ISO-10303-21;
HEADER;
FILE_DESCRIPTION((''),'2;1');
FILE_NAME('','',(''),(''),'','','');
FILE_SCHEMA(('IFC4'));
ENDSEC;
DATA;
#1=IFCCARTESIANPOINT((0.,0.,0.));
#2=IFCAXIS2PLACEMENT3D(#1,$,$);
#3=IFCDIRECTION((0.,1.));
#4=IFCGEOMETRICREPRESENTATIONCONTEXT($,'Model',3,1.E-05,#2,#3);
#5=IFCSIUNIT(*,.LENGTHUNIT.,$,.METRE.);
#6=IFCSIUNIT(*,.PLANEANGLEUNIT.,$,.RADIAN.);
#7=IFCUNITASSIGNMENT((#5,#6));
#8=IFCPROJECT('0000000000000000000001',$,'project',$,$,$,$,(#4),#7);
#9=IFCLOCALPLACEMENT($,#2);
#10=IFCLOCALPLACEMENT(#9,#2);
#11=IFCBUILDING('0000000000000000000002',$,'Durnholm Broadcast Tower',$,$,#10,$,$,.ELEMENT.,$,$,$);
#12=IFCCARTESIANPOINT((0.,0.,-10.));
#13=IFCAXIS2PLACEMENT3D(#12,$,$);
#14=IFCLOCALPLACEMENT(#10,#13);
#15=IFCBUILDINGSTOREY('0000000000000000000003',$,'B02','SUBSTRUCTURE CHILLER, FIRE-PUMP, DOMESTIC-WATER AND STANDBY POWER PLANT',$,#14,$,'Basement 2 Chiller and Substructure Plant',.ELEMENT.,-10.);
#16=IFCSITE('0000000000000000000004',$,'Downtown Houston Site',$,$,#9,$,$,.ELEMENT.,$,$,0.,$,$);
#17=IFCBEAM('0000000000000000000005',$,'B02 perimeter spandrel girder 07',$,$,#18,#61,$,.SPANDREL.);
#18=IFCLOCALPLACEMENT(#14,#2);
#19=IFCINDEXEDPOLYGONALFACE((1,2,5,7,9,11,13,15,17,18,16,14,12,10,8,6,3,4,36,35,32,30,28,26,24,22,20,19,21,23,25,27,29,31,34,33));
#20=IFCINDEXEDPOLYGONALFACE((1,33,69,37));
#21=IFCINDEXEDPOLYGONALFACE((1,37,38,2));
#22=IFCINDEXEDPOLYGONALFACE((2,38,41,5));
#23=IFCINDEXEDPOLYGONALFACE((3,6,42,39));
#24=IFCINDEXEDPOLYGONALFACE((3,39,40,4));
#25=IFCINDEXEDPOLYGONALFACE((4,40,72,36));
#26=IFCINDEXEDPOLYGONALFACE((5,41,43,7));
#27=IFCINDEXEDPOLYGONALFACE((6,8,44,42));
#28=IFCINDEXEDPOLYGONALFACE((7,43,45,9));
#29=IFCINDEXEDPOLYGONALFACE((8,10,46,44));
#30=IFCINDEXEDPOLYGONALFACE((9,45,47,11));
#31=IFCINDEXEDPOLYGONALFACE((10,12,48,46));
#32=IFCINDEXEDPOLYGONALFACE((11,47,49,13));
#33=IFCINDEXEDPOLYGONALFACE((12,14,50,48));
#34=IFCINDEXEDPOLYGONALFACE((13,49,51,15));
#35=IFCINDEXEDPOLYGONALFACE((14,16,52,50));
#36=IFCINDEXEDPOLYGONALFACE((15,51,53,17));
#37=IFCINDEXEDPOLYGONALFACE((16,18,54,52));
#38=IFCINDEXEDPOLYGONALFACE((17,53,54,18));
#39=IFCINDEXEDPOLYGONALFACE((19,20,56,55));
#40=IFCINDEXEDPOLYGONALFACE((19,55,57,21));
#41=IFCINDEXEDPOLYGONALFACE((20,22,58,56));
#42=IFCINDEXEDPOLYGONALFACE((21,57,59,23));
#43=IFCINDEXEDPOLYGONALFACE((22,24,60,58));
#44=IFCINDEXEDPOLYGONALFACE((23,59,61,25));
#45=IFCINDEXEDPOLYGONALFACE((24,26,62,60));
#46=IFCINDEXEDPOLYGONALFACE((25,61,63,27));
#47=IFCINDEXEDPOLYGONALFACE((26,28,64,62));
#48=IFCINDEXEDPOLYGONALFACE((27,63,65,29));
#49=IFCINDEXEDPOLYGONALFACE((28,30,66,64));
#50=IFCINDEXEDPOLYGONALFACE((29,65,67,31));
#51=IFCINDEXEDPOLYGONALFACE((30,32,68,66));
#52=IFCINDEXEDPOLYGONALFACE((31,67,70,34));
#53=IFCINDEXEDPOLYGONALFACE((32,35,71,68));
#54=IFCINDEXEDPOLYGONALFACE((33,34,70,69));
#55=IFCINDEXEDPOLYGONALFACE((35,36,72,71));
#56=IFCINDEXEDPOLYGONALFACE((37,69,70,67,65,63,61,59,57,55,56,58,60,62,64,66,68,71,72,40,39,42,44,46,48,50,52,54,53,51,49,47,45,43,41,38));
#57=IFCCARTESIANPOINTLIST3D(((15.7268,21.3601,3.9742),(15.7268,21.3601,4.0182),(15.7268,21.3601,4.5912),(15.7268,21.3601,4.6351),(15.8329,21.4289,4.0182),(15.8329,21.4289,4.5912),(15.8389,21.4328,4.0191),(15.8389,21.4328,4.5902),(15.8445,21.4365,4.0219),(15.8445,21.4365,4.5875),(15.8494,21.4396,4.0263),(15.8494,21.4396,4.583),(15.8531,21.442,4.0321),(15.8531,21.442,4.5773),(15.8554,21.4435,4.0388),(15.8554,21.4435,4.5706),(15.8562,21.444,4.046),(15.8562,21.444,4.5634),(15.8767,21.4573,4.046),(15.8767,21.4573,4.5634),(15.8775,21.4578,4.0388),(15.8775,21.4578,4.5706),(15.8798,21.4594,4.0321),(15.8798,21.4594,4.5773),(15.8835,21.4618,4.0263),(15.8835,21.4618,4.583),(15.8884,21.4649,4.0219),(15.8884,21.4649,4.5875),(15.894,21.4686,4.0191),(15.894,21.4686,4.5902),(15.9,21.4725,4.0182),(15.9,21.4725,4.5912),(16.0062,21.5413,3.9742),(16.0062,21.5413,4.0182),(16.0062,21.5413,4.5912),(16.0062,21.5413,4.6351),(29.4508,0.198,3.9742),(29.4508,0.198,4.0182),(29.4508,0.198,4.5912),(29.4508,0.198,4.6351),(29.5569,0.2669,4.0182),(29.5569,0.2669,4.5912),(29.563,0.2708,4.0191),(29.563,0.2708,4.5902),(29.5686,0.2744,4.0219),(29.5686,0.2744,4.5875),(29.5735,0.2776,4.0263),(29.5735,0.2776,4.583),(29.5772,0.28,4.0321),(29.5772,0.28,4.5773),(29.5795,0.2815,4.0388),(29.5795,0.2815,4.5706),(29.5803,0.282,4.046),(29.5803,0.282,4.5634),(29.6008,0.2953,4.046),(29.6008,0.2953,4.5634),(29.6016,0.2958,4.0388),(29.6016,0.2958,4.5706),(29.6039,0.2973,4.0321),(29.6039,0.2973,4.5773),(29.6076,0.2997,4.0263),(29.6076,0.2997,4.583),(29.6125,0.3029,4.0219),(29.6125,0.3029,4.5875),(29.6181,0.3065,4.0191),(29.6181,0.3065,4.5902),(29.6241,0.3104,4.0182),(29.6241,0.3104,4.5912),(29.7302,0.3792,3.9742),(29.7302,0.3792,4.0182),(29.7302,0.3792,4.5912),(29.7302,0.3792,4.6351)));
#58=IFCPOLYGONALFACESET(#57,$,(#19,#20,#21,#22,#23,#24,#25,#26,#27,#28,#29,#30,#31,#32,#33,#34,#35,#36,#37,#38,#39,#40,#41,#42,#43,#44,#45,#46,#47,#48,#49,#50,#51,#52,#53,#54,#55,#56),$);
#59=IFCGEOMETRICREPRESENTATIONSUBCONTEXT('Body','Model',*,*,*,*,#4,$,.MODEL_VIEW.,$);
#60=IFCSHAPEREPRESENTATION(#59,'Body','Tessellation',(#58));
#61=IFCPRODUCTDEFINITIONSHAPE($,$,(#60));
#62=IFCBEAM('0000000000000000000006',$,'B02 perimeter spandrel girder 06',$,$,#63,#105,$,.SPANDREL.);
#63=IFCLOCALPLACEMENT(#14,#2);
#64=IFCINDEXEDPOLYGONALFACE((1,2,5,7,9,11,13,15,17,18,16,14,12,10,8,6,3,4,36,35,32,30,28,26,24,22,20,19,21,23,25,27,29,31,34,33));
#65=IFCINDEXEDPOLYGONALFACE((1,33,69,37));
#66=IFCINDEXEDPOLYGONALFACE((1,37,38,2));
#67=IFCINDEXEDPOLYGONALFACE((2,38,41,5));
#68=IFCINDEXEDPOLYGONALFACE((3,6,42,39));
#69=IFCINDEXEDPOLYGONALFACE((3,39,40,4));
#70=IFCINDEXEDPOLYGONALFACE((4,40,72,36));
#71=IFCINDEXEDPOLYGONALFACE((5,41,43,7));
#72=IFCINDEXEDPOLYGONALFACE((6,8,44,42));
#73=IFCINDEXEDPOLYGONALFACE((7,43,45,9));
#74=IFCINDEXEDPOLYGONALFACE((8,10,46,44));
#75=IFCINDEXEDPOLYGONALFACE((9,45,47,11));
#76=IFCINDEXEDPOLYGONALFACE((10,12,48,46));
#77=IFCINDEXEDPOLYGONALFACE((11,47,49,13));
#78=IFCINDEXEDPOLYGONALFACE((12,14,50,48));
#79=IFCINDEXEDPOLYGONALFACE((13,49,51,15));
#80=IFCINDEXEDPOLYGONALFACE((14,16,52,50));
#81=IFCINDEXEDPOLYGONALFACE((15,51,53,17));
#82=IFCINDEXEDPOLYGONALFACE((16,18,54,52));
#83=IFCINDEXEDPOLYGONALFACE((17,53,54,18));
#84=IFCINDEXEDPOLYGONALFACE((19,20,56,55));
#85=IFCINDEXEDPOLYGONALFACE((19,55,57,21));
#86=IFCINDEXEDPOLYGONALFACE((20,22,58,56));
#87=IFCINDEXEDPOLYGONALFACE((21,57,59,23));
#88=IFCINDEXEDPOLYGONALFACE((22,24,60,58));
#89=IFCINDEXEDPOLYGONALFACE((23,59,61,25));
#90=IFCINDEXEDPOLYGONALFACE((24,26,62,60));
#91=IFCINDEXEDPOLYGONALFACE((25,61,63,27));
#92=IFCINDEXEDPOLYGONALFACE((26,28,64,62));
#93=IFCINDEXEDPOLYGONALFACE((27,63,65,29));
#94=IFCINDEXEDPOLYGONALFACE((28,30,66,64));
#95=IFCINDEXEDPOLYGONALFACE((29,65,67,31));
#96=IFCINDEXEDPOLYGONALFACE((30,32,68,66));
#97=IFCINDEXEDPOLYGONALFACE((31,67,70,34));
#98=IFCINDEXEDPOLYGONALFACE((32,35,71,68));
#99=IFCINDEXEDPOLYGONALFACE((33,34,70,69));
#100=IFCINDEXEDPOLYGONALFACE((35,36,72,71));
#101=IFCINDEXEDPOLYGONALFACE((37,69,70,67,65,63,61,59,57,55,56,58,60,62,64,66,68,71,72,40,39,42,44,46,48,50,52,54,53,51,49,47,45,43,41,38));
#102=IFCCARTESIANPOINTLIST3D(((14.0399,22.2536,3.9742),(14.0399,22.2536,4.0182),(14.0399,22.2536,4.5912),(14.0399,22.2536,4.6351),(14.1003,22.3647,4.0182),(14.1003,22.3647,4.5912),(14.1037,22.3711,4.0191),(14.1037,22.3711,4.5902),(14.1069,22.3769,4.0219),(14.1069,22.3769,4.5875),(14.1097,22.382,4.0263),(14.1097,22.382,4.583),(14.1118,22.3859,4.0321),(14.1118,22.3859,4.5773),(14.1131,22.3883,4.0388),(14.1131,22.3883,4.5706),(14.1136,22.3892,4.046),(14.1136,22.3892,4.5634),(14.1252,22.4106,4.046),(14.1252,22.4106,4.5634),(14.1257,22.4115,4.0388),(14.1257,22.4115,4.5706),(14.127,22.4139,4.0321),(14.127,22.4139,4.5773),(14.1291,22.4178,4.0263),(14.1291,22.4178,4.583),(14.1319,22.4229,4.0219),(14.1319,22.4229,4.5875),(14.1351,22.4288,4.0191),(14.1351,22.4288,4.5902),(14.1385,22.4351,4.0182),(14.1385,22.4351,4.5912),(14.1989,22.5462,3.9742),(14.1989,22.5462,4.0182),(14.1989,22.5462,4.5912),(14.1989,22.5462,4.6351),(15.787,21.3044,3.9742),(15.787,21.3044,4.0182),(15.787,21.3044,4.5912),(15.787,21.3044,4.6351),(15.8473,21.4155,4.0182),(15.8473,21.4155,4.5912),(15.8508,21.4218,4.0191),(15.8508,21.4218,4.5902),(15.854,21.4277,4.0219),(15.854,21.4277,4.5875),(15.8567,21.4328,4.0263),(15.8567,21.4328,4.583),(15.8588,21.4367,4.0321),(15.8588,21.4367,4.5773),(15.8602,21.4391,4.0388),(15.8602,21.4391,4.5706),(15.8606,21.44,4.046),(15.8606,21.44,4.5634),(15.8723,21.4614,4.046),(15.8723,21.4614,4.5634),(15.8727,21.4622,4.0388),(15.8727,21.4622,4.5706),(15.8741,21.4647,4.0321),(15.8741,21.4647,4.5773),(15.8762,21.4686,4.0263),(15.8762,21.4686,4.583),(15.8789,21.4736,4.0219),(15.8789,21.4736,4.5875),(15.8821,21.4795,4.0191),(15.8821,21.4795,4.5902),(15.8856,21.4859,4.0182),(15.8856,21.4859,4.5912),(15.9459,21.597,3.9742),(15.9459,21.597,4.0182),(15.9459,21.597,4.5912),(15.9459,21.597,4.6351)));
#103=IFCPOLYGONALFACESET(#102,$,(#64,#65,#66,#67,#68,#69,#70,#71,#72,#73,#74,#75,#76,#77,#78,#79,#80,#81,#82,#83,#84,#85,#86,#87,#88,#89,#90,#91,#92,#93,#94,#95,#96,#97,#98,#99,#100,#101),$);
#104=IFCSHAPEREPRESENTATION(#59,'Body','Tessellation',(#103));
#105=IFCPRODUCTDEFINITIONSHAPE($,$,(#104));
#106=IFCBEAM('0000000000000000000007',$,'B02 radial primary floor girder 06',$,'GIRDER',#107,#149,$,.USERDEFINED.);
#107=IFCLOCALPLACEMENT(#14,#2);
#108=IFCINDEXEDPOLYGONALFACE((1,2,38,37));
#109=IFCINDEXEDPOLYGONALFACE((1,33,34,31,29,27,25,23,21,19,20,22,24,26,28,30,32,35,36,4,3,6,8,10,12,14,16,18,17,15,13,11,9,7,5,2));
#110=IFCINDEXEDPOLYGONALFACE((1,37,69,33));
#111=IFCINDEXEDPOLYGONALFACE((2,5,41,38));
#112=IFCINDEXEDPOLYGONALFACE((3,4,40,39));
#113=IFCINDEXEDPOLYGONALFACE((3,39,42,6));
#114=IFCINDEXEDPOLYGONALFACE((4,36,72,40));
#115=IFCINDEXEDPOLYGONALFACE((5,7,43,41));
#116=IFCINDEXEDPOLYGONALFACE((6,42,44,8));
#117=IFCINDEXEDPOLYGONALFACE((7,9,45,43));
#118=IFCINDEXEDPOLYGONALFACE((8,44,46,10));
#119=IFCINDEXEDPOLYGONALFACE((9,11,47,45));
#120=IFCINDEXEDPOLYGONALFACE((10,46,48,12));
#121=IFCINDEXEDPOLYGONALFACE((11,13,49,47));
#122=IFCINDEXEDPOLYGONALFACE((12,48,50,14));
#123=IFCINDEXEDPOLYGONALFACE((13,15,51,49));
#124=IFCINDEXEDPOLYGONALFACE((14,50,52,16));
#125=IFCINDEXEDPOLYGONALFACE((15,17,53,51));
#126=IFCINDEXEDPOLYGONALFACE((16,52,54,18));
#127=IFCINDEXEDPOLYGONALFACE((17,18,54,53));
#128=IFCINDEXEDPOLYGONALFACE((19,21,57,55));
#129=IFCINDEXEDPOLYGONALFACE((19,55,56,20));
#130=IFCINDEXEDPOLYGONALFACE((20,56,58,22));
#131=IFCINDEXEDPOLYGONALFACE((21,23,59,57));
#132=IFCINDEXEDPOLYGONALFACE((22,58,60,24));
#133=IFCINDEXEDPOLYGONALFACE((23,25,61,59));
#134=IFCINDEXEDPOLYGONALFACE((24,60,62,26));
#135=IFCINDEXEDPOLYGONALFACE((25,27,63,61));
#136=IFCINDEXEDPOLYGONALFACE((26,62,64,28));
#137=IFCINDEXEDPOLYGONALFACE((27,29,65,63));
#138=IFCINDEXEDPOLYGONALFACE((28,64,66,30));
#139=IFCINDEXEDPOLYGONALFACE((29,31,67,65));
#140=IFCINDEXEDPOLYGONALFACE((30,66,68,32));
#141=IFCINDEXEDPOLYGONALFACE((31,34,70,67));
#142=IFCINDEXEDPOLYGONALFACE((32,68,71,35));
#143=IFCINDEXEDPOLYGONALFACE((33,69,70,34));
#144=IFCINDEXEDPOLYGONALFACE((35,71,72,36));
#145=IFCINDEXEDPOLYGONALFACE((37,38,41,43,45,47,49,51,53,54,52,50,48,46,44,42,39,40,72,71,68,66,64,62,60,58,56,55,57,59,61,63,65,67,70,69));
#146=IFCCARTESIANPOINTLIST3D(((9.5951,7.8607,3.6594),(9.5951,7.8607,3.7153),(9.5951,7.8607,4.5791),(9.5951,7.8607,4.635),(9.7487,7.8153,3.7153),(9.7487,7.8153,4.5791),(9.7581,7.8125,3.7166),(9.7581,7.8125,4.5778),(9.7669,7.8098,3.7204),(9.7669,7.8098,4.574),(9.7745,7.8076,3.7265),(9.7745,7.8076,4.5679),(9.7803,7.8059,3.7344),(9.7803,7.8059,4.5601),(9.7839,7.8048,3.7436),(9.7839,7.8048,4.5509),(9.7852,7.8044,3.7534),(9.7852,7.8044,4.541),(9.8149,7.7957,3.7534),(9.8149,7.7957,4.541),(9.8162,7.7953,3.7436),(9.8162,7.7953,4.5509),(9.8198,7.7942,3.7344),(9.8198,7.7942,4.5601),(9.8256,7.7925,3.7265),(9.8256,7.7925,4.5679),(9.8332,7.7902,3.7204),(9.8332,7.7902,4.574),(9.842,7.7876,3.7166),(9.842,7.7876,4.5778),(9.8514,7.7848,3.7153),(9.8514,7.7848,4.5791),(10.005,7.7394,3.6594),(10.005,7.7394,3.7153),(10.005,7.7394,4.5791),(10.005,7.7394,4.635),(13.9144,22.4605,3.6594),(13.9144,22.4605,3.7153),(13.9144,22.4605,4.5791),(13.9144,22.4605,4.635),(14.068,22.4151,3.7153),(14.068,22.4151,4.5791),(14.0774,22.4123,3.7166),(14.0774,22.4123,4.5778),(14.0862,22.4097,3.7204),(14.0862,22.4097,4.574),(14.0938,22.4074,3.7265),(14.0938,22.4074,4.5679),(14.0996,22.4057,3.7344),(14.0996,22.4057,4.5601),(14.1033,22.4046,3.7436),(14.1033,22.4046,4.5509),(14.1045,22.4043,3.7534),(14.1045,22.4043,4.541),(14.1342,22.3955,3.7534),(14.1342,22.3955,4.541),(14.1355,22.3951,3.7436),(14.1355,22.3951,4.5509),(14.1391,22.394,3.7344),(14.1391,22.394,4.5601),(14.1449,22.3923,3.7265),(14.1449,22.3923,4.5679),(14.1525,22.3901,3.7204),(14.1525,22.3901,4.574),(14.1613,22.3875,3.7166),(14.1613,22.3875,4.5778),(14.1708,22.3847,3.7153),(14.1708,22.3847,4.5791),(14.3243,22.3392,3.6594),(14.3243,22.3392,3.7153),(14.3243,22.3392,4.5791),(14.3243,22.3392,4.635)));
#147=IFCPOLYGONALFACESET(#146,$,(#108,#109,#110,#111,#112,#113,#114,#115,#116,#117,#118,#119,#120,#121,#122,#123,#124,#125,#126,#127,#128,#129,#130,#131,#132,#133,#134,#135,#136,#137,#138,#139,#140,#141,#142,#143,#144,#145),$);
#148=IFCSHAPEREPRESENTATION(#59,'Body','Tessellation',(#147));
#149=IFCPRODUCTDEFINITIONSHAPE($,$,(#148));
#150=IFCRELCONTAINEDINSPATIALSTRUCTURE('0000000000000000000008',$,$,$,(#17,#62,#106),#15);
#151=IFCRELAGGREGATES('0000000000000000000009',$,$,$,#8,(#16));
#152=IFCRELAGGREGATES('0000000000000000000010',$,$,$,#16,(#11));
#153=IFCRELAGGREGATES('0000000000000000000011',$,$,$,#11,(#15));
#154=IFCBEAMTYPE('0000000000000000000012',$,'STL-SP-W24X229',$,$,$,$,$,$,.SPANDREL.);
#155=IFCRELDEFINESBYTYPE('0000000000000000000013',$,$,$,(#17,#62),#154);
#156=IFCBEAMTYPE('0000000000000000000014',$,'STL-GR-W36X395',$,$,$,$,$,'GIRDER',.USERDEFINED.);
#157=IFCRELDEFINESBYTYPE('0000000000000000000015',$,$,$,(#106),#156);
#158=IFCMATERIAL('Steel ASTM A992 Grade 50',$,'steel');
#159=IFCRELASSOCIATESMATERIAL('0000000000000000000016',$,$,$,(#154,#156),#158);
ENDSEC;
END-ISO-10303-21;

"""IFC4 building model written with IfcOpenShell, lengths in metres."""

from ifc_helpers import new_model, si_unit, direction, frame, origin, origin_2d, place, context, subcontext, project, spatial, i_section, extrude, source, transform, mapped, material, material_profile, profile_set, type_object, type_shapes, element, save


model = new_model("IFC4")

# Units and contexts
model_context = context("Model", 3, precision=1e-05, world=origin(), true_north=direction((0.0, 1.0)))
body_context = subcontext(model_context, "Body", "Model", "MODEL_VIEW")
ifc_project = project(units=[si_unit("LENGTHUNIT", "METRE"), si_unit("PLANEANGLEUNIT", "RADIAN")], contexts=[model_context])

# Site, building, storey
site_placement = place(None, origin())
site = spatial("IfcSite", under=ifc_project, at=site_placement, Name="Downtown Houston Site", CompositionType="ELEMENT", RefElevation=0.0)
building_placement = place(site_placement, origin())
building = spatial("IfcBuilding", under=site, at=building_placement, Name="Durnholm Broadcast Tower", CompositionType="ELEMENT")
storey_placement = place(building_placement, frame((0.0, 0.0, -10.0)))
storey = spatial("IfcBuildingStorey", under=building, at=storey_placement, Name="B02", Description="SUBSTRUCTURE CHILLER, FIRE-PUMP, DOMESTIC-WATER AND STANDBY POWER PLANT", LongName="Basement 2 Chiller and Substructure Plant", CompositionType="ELEMENT", Elevation=-10.0)

# Beams
ifc_material_1 = material(Name="Steel ASTM A992 Grade 50", Category="steel")
ifc_material_profile_1 = material_profile(ifc_material_1, i_section(OverallWidth=0.333, OverallDepth=0.6609, WebThickness=0.0244, FlangeThickness=0.0439, FilletRadius=0.0278, at=origin_2d()), Name="W24X229")
ifc_profile_set_1 = profile_set([ifc_material_profile_1], Name="Steel ASTM A992 Grade 50")
beam_type_1 = type_object("IfcBeamType", Name="STL-SP-W24X229", PredefinedType="SPANDREL", material=ifc_profile_set_1)
shared_shape_1 = source(origin(), body_context, "Body", "SweptSolid", [
    extrude(i_section(OverallWidth=0.333, OverallDepth=0.6609, WebThickness=0.0244, FlangeThickness=0.0439, FilletRadius=0.0278, at=origin_2d()), origin(), (0.0, 0.0, 1.0), 25.2227),
])
beam_1_placement = place(storey_placement, frame((15.8665, 21.4507, 4.3047), z_axis=(0.544117, -0.839009, 0.0), x_axis=(0.839009, 0.544117, 0.0)))
element("IfcBeam", 1, at=beam_1_placement, inside=storey, type_object=beam_type_1, Name="B02 perimeter spandrel girder 07", PredefinedType="SPANDREL", context=body_context, shape_type="MappedRepresentation", body=[
    mapped(shared_shape_1, transform((0.0, 0.0, 0.0), x_axis=(1.0, 0.0, 0.0), y_axis=(0.0, 1.0, 0.0), z_axis=(0.0, 0.0, 1.0), scale=1.0)),
])
shared_shape_2 = source(origin(), body_context, "Body", "SweptSolid", [
    extrude(i_section(OverallWidth=0.333, OverallDepth=0.6609, WebThickness=0.0244, FlangeThickness=0.0439, FilletRadius=0.0278, at=origin_2d()), origin(), (0.0, 0.0, 1.0), 1.9883),
])
type_shapes(beam_type_1, [shared_shape_1, shared_shape_2])
beam_2_placement = place(storey_placement, frame((14.1194, 22.3999, 4.3047), z_axis=(0.878683, -0.477406, 0.0), x_axis=(0.477406, 0.878683, 0.0)))
element("IfcBeam", 2, at=beam_2_placement, inside=storey, type_object=beam_type_1, Name="B02 perimeter spandrel girder 06", PredefinedType="SPANDREL", context=body_context, shape_type="MappedRepresentation", body=[
    mapped(shared_shape_2, transform((0.0, 0.0, 0.0), x_axis=(1.0, 0.0, 0.0), y_axis=(0.0, 1.0, 0.0), z_axis=(0.0, 0.0, 1.0), scale=1.0)),
])
ifc_material_profile_2 = material_profile(ifc_material_1, i_section(OverallWidth=0.4275, OverallDepth=0.9756, WebThickness=0.031, FlangeThickness=0.0559, FilletRadius=0.0381, at=origin_2d()), Name="W36X395")
ifc_profile_set_2 = profile_set([ifc_material_profile_2], Name="Steel ASTM A992 Grade 50")
beam_type_2 = type_object("IfcBeamType", Name="STL-GR-W36X395", ElementType="GIRDER", PredefinedType="USERDEFINED", material=ifc_profile_set_2)
shared_shape_3 = source(origin(), body_context, "Body", "SweptSolid", [
    extrude(i_section(OverallWidth=0.4275, OverallDepth=0.9756, WebThickness=0.031, FlangeThickness=0.0559, FilletRadius=0.0381, at=origin_2d()), origin(), (0.0, 0.0, 1.0), 15.2253),
])
beam_3_placement = place(storey_placement, frame((9.8, 7.8, 4.1472), z_axis=(0.283693, 0.958915, 0.0), x_axis=(-0.958915, 0.283693, 0.0)))
element("IfcBeam", 3, at=beam_3_placement, inside=storey, type_object=beam_type_2, Name="B02 radial primary floor girder 06", ObjectType="GIRDER", PredefinedType="USERDEFINED", context=body_context, shape_type="MappedRepresentation", body=[
    mapped(shared_shape_3, transform((0.0, 0.0, 0.0), x_axis=(1.0, 0.0, 0.0), y_axis=(0.0, 1.0, 0.0), z_axis=(0.0, 0.0, 1.0), scale=1.0)),
])

save(model, "model.ifc")
